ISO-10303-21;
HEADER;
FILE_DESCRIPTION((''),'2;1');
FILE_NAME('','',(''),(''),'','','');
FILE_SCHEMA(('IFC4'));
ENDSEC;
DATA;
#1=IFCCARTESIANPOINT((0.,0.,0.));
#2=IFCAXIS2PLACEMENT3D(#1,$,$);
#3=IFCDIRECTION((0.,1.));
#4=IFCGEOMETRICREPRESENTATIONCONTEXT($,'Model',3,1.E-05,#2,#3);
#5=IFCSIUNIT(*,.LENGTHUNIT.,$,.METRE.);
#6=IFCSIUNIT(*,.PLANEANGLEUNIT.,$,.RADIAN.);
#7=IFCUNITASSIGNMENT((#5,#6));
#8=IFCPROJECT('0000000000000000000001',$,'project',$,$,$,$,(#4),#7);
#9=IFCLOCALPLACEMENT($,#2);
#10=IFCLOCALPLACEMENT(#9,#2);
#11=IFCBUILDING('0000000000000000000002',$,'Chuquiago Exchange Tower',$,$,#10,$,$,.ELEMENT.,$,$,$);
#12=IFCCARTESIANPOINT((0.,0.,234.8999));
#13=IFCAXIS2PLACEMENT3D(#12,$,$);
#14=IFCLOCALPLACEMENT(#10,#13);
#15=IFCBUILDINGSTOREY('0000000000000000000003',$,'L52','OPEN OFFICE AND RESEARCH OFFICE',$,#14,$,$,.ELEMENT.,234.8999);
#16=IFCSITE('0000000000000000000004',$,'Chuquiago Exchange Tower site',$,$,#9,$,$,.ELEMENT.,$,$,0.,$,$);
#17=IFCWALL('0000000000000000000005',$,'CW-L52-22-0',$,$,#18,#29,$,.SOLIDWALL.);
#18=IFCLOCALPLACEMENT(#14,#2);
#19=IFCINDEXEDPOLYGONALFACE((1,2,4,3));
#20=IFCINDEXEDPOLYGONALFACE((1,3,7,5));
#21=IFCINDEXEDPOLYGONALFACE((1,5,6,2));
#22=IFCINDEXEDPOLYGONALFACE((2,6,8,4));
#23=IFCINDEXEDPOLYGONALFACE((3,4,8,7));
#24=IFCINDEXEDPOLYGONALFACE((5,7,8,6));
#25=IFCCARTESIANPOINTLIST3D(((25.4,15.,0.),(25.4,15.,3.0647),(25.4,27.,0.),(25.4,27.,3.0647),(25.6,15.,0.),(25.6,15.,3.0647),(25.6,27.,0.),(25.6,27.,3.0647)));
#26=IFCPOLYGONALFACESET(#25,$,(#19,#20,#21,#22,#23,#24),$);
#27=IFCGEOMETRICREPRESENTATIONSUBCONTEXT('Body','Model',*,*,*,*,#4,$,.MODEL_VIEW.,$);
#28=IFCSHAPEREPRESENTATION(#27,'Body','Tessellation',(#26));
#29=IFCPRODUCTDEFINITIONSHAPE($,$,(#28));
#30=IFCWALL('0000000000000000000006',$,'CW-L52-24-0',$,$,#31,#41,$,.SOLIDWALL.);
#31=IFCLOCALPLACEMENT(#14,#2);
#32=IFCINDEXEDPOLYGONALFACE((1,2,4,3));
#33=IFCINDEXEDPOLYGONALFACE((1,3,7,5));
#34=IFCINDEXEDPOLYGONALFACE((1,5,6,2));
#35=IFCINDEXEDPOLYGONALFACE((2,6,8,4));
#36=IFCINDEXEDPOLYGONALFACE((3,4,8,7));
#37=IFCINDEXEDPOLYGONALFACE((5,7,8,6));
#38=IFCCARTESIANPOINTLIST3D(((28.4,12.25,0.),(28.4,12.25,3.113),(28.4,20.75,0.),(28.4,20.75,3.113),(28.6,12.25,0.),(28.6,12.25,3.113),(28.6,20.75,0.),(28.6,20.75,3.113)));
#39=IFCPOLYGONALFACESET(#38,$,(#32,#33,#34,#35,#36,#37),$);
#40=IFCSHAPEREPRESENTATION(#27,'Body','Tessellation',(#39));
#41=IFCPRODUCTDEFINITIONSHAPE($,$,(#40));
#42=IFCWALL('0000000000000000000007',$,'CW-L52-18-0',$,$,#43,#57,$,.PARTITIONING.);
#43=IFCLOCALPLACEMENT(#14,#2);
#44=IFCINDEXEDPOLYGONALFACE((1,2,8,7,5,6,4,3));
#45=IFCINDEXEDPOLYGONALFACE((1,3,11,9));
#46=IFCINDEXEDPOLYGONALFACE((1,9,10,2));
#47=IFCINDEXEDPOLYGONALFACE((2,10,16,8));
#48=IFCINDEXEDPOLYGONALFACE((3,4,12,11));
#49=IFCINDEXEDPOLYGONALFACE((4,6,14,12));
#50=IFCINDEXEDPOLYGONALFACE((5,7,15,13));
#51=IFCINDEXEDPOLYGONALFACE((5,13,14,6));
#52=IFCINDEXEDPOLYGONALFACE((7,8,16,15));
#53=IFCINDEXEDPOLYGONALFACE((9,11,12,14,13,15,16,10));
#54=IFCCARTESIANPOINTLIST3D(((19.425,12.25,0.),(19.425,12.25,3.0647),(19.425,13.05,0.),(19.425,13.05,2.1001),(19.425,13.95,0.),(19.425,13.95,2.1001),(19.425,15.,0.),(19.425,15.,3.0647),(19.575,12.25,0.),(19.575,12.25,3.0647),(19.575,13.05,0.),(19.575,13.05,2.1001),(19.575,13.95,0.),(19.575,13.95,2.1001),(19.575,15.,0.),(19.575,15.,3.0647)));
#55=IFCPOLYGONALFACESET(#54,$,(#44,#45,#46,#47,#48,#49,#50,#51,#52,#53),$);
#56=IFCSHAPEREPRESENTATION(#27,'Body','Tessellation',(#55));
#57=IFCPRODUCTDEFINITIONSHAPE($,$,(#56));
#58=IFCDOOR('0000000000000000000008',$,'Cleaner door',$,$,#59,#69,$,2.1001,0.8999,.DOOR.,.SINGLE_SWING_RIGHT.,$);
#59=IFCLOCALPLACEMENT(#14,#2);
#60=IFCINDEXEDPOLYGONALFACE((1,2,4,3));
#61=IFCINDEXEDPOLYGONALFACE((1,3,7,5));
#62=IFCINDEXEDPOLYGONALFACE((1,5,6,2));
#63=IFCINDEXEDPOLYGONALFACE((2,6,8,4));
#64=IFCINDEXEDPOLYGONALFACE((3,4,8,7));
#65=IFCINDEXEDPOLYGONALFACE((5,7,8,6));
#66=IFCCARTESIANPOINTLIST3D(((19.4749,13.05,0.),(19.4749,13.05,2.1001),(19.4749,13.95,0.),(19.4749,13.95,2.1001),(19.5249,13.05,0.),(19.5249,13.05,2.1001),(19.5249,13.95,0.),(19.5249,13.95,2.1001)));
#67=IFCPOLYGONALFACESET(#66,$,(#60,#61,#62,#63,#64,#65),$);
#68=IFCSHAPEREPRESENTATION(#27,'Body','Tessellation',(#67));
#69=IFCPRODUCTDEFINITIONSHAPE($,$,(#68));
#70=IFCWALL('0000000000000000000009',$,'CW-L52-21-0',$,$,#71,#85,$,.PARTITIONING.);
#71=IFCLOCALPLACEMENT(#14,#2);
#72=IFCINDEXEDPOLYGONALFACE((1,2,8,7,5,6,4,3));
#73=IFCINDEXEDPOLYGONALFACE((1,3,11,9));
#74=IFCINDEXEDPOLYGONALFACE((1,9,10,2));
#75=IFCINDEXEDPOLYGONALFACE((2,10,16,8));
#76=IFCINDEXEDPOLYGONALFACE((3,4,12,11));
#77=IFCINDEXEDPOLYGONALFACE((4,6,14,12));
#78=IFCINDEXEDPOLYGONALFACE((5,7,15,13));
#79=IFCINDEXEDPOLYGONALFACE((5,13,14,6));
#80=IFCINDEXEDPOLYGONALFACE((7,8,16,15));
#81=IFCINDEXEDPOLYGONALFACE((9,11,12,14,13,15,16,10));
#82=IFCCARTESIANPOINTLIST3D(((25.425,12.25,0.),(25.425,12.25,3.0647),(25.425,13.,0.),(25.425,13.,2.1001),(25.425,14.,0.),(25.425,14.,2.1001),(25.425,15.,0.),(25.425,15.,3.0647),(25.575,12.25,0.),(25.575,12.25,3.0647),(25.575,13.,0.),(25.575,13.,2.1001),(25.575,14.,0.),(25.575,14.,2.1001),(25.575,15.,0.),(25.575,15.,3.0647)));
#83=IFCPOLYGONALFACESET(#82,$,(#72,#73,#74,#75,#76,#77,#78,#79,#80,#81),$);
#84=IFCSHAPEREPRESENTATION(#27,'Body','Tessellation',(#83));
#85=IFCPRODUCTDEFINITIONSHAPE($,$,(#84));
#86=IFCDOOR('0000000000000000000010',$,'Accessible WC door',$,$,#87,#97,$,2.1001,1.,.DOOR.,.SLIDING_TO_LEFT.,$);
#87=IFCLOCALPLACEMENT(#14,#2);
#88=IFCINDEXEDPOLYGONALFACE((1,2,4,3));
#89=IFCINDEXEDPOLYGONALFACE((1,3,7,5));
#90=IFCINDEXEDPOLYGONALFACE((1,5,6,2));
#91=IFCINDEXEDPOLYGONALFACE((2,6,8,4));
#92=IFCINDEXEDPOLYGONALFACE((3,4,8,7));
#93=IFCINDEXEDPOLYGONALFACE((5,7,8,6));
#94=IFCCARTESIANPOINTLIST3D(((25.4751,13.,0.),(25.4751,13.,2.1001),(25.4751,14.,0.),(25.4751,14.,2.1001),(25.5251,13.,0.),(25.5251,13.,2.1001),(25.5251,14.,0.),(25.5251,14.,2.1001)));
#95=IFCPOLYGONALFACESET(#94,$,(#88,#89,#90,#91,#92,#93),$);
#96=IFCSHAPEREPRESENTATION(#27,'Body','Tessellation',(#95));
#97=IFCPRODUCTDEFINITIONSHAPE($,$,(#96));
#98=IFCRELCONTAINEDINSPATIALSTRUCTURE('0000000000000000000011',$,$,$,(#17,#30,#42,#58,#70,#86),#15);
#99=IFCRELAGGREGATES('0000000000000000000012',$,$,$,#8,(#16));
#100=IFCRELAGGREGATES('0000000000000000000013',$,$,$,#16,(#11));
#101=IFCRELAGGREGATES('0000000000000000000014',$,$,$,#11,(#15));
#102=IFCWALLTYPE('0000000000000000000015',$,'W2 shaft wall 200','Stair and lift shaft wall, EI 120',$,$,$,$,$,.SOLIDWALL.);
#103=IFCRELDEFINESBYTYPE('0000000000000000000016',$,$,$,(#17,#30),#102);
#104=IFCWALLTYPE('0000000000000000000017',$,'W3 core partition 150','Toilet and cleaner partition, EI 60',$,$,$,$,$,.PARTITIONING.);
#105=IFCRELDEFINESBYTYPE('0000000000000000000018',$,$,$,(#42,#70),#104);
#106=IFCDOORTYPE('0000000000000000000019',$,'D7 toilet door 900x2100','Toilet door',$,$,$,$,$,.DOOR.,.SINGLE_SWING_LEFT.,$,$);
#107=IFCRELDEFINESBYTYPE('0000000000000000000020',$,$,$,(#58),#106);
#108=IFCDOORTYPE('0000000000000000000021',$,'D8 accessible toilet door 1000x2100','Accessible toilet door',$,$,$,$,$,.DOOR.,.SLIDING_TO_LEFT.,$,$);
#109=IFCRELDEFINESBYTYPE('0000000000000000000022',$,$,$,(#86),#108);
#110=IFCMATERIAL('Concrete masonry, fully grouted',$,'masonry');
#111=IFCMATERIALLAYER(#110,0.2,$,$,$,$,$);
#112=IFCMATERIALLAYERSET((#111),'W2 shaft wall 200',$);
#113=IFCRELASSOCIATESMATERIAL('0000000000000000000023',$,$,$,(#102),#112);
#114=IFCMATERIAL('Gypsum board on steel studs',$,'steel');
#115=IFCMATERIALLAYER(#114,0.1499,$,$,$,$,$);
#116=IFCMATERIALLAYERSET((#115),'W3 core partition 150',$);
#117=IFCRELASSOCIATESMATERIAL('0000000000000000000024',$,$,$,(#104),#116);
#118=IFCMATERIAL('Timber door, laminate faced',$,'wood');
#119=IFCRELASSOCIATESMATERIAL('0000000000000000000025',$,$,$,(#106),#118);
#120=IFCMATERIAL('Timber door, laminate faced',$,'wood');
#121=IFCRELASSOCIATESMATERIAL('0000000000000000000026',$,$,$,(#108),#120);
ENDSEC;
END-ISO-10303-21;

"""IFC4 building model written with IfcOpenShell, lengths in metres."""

from ifc_helpers import new_model, si_unit, direction, frame, frame_2d, origin, place, context, subcontext, project, spatial, rectangle, extrude, material, layer, layer_set, type_object, element, fill, save


model = new_model("IFC4")

# Units and contexts
model_context = context("Model", 3, precision=1e-05, world=origin(), true_north=direction((0.0, 1.0)))
body_context = subcontext(model_context, "Body", "Model", "MODEL_VIEW")
ifc_project = project(units=[si_unit("LENGTHUNIT", "METRE"), si_unit("PLANEANGLEUNIT", "RADIAN")], contexts=[model_context])

# Site, building, storey
site_placement = place(None, origin())
site = spatial("IfcSite", under=ifc_project, at=site_placement, Name="Chuquiago Exchange Tower site", CompositionType="ELEMENT", RefElevation=0.0)
building_placement = place(site_placement, origin())
building = spatial("IfcBuilding", under=site, at=building_placement, Name="Chuquiago Exchange Tower", CompositionType="ELEMENT")
storey_placement = place(building_placement, frame((0.0, 0.0, 234.8999)))
storey = spatial("IfcBuildingStorey", under=building, at=storey_placement, Name="L52", Description="OPEN OFFICE AND RESEARCH OFFICE", CompositionType="ELEMENT", Elevation=234.8999)

# Shared definitions
ifc_material_1 = material(Name="Concrete masonry, fully grouted", Category="masonry")
ifc_layer_1 = layer(ifc_material_1, 0.2)
ifc_layer_set_1 = layer_set([ifc_layer_1], Name="W2 shaft wall 200")
wall_type_1 = type_object("IfcWallType", Name="W2 shaft wall 200", Description="Stair and lift shaft wall, EI 120", PredefinedType="SOLIDWALL", material=ifc_layer_set_1)

# Walls
wall_1_placement = place(storey_placement, frame((25.5, 15.0, 0.0), z_axis=(0.0, 0.0, 1.0), x_axis=(0.0, 1.0, 0.0)))
element("IfcWall", 1, at=wall_1_placement, inside=storey, type_object=wall_type_1, Name="CW-L52-22-0", PredefinedType="SOLIDWALL", context=body_context, shape_type="SweptSolid", body=[
    extrude(rectangle(XDim=12.0, YDim=0.2, at=frame_2d((6.0, 0.0))), origin(), (0.0, 0.0, 1.0), 3.0647),
])
wall_2_placement = place(storey_placement, frame((28.5, 12.25, 0.0), z_axis=(0.0, 0.0, 1.0), x_axis=(0.0, 1.0, 0.0)))
element("IfcWall", 2, at=wall_2_placement, inside=storey, type_object=wall_type_1, Name="CW-L52-24-0", PredefinedType="SOLIDWALL", context=body_context, shape_type="SweptSolid", body=[
    extrude(rectangle(XDim=8.5, YDim=0.2, at=frame_2d((4.25, 0.0))), origin(), (0.0, 0.0, 1.0), 3.113),
])

# Walls, openings, doors
ifc_material_2 = material(Name="Gypsum board on steel studs", Category="steel")
ifc_layer_2 = layer(ifc_material_2, 0.1499)
ifc_layer_set_2 = layer_set([ifc_layer_2], Name="W3 core partition 150")
wall_type_2 = type_object("IfcWallType", Name="W3 core partition 150", Description="Toilet and cleaner partition, EI 60", PredefinedType="PARTITIONING", material=ifc_layer_set_2)
wall_3_placement = place(storey_placement, frame((19.5, 12.25, 0.0), z_axis=(0.0, 0.0, 1.0), x_axis=(0.0, 1.0, 0.0)))
wall_3 = element("IfcWall", 3, at=wall_3_placement, inside=storey, type_object=wall_type_2, Name="CW-L52-18-0", PredefinedType="PARTITIONING", context=body_context, shape_type="SweptSolid", body=[
    extrude(rectangle(XDim=2.75, YDim=0.1499, at=frame_2d((1.375, 0.0))), origin(), (0.0, 0.0, 1.0), 3.0647),
])
opening_1_placement = place(wall_3_placement, frame((0.8, 0.0, 0.0)))
opening_1 = element("IfcOpeningElement", 4, at=opening_1_placement, cuts=wall_3, PredefinedType="OPENING", context=body_context, shape_type="SweptSolid", body=[
    extrude(rectangle(XDim=0.8999, YDim=2.1001, at=frame_2d((0.45, 1.05))), frame((0.0, 0.085, 0.0), z_axis=(0.0, -1.0, 0.0), x_axis=(1.0, 0.0, 0.0)), (0.0, 0.0, 1.0), 0.1699),
])
ifc_material_3 = material(Name="Timber door, laminate faced", Category="wood")
door_type_1 = type_object("IfcDoorType", Name="D7 toilet door 900x2100", Description="Toilet door", OperationType="SINGLE_SWING_LEFT", PredefinedType="DOOR", material=ifc_material_3)
door_1_placement = place(opening_1_placement, frame((0.8999, 0.0, 0.0), z_axis=(0.0, 0.0, 1.0), x_axis=(-1.0, 0.0, 0.0)))
door_1 = element("IfcDoor", 5, at=door_1_placement, inside=storey, type_object=door_type_1, Name="Cleaner door", OperationType="SINGLE_SWING_RIGHT", OverallHeight=2.1001, OverallWidth=0.8999, PredefinedType="DOOR", context=body_context, shape_type="SweptSolid", body=[
    extrude(rectangle(XDim=0.8999, YDim=2.1001, at=frame_2d((0.45, 1.05))), frame((0.0, 0.0249, 0.0), z_axis=(0.0, -1.0, 0.0), x_axis=(1.0, 0.0, 0.0)), (0.0, 0.0, 1.0), 0.05),
])
fill(opening_1, door_1)
wall_4_placement = place(storey_placement, frame((25.5, 12.25, 0.0), z_axis=(0.0, 0.0, 1.0), x_axis=(0.0, 1.0, 0.0)))
wall_4 = element("IfcWall", 6, at=wall_4_placement, inside=storey, type_object=wall_type_2, Name="CW-L52-21-0", PredefinedType="PARTITIONING", context=body_context, shape_type="SweptSolid", body=[
    extrude(rectangle(XDim=2.75, YDim=0.1499, at=frame_2d((1.375, 0.0))), origin(), (0.0, 0.0, 1.0), 3.0647),
])
opening_2_placement = place(wall_4_placement, frame((0.75, 0.0, 0.0)))
opening_2 = element("IfcOpeningElement", 7, at=opening_2_placement, cuts=wall_4, PredefinedType="OPENING", context=body_context, shape_type="SweptSolid", body=[
    extrude(rectangle(XDim=1.0, YDim=2.1001, at=frame_2d((0.5, 1.05))), frame((0.0, 0.085, 0.0), z_axis=(0.0, -1.0, 0.0), x_axis=(1.0, 0.0, 0.0)), (0.0, 0.0, 1.0), 0.1699),
])
ifc_material_4 = material(Name="Timber door, laminate faced", Category="wood")
door_type_2 = type_object("IfcDoorType", Name="D8 accessible toilet door 1000x2100", Description="Accessible toilet door", OperationType="SLIDING_TO_LEFT", PredefinedType="DOOR", material=ifc_material_4)
door_2_placement = place(opening_2_placement, origin())
door_2 = element("IfcDoor", 8, at=door_2_placement, inside=storey, type_object=door_type_2, Name="Accessible WC door", OperationType="SLIDING_TO_LEFT", OverallHeight=2.1001, OverallWidth=1.0, PredefinedType="DOOR", context=body_context, shape_type="SweptSolid", body=[
    extrude(rectangle(XDim=1.0, YDim=2.1001, at=frame_2d((0.5, 1.05))), frame((0.0, 0.0249, 0.0), z_axis=(0.0, -1.0, 0.0), x_axis=(1.0, 0.0, 0.0)), (0.0, 0.0, 1.0), 0.05),
])
fill(opening_2, door_2)

save(model, "model.ifc")
